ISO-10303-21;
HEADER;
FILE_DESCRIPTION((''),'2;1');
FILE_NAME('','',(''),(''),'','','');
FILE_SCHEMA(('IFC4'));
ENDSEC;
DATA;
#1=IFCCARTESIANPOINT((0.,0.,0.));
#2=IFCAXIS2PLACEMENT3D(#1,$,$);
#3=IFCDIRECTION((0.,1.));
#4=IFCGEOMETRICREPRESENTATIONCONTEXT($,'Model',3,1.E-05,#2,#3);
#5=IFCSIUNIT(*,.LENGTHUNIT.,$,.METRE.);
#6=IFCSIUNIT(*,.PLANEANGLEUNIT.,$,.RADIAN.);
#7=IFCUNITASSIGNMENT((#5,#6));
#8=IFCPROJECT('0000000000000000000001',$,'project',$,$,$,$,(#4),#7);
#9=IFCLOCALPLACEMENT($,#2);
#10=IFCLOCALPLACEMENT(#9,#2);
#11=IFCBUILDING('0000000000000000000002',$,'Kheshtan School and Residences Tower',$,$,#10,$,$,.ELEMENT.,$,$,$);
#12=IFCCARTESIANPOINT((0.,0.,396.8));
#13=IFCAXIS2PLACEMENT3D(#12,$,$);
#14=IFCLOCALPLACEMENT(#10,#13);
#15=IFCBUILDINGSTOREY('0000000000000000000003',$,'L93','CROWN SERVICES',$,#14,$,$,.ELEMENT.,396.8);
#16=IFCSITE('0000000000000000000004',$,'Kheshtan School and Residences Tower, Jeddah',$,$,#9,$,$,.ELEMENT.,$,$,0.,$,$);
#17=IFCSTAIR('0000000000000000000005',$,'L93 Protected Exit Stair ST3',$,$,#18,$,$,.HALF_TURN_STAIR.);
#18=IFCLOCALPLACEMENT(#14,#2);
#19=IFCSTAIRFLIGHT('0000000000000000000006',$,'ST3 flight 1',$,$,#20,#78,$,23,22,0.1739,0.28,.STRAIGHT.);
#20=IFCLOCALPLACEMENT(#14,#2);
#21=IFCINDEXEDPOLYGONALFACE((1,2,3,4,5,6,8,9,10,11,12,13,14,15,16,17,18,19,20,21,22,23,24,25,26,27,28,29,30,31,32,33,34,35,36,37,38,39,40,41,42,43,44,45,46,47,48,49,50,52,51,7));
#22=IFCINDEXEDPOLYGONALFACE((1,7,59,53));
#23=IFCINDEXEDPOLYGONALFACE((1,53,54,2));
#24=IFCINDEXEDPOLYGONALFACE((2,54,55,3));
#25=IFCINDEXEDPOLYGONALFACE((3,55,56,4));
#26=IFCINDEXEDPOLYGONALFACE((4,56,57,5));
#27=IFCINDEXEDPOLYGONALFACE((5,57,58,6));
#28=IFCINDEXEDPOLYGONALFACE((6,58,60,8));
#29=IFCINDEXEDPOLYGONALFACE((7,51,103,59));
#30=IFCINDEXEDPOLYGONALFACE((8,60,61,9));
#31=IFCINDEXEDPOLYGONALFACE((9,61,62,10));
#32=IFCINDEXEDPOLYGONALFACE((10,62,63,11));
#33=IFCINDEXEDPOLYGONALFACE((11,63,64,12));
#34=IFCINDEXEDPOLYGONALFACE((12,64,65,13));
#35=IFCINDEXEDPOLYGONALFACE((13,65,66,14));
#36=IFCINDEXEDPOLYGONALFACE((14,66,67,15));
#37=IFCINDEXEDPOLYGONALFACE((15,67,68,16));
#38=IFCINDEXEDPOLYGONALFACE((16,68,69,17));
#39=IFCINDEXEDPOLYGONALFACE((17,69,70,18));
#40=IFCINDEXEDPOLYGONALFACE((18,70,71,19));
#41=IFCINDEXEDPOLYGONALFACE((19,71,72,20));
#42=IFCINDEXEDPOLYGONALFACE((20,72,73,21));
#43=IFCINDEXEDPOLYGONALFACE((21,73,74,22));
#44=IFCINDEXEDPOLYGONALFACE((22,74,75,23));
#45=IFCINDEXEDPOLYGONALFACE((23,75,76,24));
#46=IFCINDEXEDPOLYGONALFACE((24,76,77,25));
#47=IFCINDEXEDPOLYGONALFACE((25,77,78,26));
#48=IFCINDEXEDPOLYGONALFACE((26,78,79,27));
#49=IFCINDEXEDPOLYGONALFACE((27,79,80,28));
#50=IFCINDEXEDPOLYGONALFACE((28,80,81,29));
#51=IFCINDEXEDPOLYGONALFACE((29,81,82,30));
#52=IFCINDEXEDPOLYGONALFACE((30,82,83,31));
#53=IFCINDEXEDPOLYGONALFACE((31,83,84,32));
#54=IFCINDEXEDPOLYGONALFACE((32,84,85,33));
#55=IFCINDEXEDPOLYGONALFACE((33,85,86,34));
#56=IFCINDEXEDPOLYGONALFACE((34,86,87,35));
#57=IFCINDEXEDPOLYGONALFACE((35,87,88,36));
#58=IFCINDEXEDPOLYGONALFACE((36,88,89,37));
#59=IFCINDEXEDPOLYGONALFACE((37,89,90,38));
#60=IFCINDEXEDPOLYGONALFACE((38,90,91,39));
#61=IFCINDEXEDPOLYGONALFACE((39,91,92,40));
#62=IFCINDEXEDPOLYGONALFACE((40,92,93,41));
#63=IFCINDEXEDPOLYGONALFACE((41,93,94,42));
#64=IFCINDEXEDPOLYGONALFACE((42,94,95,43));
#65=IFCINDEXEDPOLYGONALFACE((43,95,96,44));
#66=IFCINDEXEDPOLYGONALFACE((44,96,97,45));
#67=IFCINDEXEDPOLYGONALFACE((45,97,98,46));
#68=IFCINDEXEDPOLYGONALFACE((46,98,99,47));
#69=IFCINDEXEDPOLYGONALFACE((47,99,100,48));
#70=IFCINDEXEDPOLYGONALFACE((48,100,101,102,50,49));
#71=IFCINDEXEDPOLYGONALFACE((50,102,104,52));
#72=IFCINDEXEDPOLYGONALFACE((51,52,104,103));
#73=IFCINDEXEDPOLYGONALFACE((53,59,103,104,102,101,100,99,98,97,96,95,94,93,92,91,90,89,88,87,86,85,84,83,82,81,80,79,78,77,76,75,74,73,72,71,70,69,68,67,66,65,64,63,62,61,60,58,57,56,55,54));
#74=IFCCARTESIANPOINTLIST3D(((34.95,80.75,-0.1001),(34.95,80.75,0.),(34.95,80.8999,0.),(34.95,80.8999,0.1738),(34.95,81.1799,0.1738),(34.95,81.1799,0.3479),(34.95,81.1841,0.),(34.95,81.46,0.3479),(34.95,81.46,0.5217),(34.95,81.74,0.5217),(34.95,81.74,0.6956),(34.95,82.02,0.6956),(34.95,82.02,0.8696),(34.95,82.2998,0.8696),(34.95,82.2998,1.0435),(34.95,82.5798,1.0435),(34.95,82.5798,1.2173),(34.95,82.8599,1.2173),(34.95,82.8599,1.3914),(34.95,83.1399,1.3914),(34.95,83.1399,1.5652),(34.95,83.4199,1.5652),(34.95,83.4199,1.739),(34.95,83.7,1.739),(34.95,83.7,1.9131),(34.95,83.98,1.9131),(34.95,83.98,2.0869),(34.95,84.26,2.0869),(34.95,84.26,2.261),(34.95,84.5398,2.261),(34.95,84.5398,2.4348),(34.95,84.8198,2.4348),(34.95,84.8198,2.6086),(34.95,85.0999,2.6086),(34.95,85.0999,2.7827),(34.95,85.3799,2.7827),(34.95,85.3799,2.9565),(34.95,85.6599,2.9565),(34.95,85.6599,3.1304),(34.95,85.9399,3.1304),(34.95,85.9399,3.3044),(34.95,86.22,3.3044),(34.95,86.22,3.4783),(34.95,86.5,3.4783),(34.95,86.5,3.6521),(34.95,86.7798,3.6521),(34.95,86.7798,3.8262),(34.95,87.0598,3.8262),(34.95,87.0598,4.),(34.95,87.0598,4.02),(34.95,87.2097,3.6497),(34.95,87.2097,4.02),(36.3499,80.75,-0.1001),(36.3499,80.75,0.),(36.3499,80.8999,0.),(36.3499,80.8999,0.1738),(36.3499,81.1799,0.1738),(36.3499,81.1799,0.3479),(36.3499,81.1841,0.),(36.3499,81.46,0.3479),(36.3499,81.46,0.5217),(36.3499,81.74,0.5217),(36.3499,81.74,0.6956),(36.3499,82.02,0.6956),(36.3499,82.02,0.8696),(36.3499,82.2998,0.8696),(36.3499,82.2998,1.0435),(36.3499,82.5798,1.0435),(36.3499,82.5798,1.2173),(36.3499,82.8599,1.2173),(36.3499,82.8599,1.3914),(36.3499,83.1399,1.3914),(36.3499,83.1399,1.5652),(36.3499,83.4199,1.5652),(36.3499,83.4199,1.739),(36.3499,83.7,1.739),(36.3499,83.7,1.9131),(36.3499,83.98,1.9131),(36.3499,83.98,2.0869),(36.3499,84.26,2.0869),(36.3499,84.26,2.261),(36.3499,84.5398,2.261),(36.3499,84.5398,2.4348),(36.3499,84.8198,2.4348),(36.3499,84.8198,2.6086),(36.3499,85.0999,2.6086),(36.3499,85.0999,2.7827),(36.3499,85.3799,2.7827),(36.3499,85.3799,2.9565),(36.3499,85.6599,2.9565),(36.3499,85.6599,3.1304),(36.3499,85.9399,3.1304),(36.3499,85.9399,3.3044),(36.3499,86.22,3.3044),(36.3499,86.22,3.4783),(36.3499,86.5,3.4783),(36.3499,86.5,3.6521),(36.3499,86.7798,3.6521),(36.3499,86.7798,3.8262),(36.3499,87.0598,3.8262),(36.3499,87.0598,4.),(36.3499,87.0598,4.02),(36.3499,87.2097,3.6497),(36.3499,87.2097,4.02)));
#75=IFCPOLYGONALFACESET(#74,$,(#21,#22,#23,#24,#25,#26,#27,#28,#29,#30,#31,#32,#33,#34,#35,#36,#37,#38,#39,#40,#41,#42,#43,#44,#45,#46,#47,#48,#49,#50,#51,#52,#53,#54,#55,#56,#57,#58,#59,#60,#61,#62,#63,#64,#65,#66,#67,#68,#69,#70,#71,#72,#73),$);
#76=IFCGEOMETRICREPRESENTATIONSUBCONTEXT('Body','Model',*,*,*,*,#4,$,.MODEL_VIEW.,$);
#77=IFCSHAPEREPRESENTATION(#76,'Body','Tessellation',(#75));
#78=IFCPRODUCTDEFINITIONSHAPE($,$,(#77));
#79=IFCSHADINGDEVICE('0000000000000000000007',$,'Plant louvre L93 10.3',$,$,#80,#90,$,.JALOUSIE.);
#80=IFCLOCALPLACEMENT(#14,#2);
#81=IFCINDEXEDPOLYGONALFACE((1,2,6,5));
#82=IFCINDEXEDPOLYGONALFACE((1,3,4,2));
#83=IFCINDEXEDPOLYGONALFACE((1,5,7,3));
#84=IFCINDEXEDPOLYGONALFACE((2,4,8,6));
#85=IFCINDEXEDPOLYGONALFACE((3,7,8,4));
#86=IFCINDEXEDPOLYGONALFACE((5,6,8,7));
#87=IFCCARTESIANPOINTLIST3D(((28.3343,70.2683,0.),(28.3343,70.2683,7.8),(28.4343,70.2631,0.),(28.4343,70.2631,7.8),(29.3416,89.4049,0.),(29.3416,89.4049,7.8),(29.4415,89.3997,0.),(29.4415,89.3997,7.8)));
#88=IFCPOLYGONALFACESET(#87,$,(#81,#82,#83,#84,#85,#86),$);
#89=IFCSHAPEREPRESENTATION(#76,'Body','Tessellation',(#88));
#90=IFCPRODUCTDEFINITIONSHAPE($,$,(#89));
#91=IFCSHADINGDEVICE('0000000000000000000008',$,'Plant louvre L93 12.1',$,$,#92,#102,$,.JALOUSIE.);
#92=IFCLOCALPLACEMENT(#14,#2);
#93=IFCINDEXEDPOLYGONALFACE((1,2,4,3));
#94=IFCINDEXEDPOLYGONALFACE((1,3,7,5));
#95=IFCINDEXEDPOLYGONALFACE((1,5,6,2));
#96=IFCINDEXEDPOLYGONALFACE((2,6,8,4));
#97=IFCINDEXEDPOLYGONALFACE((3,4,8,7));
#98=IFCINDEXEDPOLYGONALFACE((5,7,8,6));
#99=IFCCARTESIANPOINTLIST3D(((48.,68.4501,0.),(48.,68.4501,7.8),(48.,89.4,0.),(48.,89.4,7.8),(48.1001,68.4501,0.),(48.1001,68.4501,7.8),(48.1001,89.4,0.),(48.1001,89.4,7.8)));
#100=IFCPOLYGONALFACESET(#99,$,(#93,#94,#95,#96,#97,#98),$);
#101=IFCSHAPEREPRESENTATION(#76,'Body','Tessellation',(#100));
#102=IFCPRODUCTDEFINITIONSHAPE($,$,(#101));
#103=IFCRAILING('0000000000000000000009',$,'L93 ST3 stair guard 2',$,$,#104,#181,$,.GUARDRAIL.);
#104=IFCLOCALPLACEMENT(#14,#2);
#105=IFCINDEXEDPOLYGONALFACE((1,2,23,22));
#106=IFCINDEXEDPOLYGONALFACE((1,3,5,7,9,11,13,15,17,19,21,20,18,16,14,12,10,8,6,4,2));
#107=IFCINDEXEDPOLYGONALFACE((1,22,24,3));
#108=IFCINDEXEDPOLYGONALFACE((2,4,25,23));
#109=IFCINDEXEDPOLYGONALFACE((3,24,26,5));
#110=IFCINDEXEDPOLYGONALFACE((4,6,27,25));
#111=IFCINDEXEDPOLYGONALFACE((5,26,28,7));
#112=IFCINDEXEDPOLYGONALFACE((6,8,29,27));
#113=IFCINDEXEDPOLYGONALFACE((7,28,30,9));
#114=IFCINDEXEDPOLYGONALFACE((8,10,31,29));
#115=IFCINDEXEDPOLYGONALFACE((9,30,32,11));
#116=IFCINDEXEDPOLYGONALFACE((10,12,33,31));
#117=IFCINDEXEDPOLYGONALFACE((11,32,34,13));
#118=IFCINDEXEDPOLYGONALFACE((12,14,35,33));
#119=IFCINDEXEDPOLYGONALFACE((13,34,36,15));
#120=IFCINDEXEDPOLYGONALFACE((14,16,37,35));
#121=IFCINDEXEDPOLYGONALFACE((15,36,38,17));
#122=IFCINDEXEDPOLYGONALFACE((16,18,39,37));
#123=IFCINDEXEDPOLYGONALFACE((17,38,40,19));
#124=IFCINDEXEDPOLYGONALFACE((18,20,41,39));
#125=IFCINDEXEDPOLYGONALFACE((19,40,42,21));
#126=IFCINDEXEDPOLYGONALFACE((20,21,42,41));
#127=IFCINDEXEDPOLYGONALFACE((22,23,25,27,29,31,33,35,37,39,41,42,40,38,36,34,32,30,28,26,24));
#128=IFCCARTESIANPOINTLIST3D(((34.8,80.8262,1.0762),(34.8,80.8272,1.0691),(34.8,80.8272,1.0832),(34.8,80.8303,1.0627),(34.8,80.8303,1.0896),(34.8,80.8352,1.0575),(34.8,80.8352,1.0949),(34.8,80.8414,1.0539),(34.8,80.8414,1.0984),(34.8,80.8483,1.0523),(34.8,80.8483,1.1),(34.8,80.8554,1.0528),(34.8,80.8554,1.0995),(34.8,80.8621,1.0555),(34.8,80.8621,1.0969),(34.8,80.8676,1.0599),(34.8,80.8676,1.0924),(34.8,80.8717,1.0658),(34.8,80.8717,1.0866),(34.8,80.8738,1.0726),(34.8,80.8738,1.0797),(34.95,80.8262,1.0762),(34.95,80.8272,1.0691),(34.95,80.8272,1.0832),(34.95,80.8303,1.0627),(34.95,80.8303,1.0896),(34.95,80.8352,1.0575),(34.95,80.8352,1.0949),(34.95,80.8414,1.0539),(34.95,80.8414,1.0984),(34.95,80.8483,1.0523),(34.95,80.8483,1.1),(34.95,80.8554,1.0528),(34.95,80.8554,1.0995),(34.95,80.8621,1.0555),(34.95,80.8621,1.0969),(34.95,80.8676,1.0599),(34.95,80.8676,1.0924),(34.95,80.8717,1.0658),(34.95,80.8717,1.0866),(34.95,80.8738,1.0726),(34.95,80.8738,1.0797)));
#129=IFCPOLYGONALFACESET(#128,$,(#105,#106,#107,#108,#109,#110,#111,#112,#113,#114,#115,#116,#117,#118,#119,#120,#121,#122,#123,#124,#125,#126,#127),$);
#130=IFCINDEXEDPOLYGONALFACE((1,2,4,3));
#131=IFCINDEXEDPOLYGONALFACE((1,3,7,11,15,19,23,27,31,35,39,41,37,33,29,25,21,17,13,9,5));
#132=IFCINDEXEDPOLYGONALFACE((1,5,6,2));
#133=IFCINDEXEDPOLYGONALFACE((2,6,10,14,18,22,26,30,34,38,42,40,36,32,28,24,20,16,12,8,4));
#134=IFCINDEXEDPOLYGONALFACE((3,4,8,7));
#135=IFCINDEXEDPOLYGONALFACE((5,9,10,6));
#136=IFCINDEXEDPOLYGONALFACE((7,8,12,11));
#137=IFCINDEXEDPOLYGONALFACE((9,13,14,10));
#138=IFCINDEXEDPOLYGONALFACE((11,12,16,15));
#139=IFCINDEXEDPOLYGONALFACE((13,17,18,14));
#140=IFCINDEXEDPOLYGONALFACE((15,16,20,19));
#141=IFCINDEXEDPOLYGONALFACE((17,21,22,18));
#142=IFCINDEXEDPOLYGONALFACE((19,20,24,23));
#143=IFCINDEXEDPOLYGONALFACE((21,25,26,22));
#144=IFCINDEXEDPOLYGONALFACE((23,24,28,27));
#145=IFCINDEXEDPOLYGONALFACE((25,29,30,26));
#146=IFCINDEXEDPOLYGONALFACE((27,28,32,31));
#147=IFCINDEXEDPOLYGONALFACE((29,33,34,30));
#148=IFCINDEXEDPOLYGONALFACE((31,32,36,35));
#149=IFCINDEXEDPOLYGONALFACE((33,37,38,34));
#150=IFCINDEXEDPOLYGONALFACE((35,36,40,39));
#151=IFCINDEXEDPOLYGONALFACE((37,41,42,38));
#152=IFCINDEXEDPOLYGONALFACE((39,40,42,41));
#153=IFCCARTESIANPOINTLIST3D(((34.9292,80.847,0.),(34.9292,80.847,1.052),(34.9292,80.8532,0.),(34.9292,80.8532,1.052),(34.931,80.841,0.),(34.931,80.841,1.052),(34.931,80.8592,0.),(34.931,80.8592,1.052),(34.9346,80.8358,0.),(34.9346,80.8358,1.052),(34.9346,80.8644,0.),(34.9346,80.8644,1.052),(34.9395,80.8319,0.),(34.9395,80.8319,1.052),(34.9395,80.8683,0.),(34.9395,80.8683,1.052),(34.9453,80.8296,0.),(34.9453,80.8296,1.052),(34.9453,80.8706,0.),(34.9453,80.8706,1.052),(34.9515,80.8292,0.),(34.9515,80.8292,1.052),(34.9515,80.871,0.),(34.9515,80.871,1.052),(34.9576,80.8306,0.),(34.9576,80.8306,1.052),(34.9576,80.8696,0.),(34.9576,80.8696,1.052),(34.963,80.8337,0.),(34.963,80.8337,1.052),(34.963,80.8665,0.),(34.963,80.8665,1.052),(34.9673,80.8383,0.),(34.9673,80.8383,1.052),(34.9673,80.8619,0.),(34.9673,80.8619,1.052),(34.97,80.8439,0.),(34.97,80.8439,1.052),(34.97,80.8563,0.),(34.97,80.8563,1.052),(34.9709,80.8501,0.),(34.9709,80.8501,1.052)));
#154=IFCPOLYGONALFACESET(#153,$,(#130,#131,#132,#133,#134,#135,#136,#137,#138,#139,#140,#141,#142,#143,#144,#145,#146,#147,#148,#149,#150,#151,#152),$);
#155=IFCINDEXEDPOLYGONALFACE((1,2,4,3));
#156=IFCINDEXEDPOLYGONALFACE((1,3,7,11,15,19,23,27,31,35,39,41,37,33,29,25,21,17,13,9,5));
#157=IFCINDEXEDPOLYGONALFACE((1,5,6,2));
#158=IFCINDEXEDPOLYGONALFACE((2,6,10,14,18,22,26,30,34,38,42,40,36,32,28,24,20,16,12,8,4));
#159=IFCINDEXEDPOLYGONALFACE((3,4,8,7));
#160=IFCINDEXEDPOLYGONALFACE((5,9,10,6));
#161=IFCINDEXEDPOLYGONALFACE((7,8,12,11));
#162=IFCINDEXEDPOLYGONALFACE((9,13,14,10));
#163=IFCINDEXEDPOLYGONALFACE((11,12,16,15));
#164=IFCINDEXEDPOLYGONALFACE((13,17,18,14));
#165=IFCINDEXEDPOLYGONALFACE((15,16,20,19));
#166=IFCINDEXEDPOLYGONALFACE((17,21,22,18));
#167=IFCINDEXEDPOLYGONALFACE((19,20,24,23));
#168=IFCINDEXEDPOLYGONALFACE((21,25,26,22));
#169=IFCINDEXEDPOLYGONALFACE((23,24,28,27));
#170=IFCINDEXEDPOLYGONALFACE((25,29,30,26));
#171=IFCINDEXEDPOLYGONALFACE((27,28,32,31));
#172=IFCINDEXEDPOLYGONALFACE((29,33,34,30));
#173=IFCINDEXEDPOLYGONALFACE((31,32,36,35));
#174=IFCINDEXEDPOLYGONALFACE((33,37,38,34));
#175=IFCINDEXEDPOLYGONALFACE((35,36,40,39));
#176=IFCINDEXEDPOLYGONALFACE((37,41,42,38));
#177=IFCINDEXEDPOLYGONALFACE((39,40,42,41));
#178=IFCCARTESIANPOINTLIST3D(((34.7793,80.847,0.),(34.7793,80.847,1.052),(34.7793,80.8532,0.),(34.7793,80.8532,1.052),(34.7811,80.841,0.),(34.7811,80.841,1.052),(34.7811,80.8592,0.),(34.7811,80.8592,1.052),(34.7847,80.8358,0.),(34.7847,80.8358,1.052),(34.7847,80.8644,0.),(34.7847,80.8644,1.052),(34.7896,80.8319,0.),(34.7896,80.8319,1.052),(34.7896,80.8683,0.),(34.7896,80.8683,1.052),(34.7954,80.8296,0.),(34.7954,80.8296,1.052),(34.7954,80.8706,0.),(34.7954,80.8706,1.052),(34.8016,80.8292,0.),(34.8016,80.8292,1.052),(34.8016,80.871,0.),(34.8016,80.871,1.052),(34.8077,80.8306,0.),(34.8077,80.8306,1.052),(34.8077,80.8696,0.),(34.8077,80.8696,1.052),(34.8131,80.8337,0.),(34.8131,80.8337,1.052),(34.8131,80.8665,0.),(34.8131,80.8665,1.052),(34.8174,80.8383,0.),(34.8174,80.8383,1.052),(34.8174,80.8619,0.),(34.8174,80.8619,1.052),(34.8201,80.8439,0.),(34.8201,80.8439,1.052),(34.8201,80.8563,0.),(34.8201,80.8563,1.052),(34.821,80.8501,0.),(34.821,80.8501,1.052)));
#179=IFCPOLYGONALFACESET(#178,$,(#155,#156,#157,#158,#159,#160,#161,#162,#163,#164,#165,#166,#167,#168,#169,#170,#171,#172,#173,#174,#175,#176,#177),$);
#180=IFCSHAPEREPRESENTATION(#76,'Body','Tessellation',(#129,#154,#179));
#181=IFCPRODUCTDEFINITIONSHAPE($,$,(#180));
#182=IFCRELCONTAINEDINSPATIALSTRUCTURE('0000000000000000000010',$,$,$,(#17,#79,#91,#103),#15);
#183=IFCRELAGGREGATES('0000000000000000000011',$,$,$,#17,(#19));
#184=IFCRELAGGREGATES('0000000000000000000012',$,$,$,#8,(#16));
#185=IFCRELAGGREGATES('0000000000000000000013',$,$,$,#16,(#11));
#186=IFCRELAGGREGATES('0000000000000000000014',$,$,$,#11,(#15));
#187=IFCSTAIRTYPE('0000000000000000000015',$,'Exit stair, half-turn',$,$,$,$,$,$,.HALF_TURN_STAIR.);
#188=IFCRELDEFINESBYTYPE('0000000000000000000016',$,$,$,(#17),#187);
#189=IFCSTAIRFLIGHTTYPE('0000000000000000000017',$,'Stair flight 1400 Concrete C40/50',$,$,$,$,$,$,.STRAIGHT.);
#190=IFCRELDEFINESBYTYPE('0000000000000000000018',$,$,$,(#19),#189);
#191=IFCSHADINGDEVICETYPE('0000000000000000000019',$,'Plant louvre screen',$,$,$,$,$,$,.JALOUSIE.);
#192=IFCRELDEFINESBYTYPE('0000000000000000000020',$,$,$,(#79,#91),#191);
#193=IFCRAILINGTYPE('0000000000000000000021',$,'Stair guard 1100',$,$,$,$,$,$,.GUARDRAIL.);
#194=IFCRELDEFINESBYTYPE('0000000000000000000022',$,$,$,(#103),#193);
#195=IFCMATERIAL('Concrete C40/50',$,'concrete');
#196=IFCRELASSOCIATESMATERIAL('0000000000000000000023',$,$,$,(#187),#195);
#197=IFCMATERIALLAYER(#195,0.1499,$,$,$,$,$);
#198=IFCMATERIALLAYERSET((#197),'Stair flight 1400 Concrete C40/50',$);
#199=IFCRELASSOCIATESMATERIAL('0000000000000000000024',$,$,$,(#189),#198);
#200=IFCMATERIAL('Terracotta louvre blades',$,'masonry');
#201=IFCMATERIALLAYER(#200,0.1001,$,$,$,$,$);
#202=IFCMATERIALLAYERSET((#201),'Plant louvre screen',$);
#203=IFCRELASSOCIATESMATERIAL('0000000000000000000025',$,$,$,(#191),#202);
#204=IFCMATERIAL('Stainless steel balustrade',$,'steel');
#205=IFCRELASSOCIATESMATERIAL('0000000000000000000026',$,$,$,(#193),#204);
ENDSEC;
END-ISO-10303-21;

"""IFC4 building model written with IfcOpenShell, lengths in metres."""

from ifc_helpers import new_model, si_unit, direction, frame, origin, origin_2d, place, context, subcontext, project, spatial, polyline, rectangle, circle, outline, extrude, material, layer, layer_set, type_object, element, aggregate, save


model = new_model("IFC4")

# Units and contexts
model_context = context("Model", 3, precision=1e-05, world=origin(), true_north=direction((0.0, 1.0)))
body_context = subcontext(model_context, "Body", "Model", "MODEL_VIEW")
ifc_project = project(units=[si_unit("LENGTHUNIT", "METRE"), si_unit("PLANEANGLEUNIT", "RADIAN")], contexts=[model_context])

# Site, building, storey
site_placement = place(None, origin())
site = spatial("IfcSite", under=ifc_project, at=site_placement, Name="Kheshtan School and Residences Tower, Jeddah", CompositionType="ELEMENT", RefElevation=0.0)
building_placement = place(site_placement, origin())
building = spatial("IfcBuilding", under=site, at=building_placement, Name="Kheshtan School and Residences Tower", CompositionType="ELEMENT")
storey_placement = place(building_placement, frame((0.0, 0.0, 396.8)))
storey = spatial("IfcBuildingStorey", under=building, at=storey_placement, Name="L93", Description="CROWN SERVICES", CompositionType="ELEMENT", Elevation=396.8)

# Shared definitions
ifc_material_1 = material(Name="Concrete C40/50", Category="concrete")

# Stair, stair flight
stair_type = type_object("IfcStairType", Name="Exit stair, half-turn", PredefinedType="HALF_TURN_STAIR", material=ifc_material_1)
stair_placement = place(storey_placement, origin())
stair = element("IfcStair", 1, at=stair_placement, inside=storey, type_object=stair_type, Name="L93 Protected Exit Stair ST3", PredefinedType="HALF_TURN_STAIR")
ifc_layer_1 = layer(ifc_material_1, 0.1499)
ifc_layer_set_1 = layer_set([ifc_layer_1], Name="Stair flight 1400 Concrete C40/50")
stair_flight_type = type_object("IfcStairFlightType", Name="Stair flight 1400 Concrete C40/50", PredefinedType="STRAIGHT", material=ifc_layer_set_1)
stair_flight_placement = place(storey_placement, frame((35.6499, 80.8999, 0.0), z_axis=(0.0, 0.0, 1.0), x_axis=(0.0, 1.0, 0.0)))
stair_flight = element("IfcStairFlight", 2, at=stair_flight_placement, type_object=stair_flight_type, Name="ST3 flight 1", NumberOfRisers=23, NumberOfTreads=22, PredefinedType="STRAIGHT", RiserHeight=0.1739, TreadLength=0.28, context=body_context, shape_type="SweptSolid", body=[
    extrude(outline(polyline([(-0.1499, -0.1001), (-0.1499, 0.0), (0.0, 0.0), (0.0, 0.1738), (0.28, 0.1738), (0.28, 0.3479), (0.5601, 0.3479), (0.5601, 0.5217), (0.8401, 0.5217), (0.8401, 0.6956), (1.1201, 0.6956), (1.1201, 0.8696), (1.3999, 0.8696), (1.3999, 1.0435), (1.6799, 1.0435), (1.6799, 1.2173), (1.96, 1.2173), (1.96, 1.3914), (2.24, 1.3914), (2.24, 1.5652), (2.52, 1.5652), (2.52, 1.739), (2.8, 1.739), (2.8, 1.9131), (3.0801, 1.9131), (3.0801, 2.0869), (3.3601, 2.0869), (3.3601, 2.261), (3.6399, 2.261), (3.6399, 2.4348), (3.9199, 2.4348), (3.9199, 2.6086), (4.2, 2.6086), (4.2, 2.7827), (4.48, 2.7827), (4.48, 2.9565), (4.76, 2.9565), (4.76, 3.1304), (5.04, 3.1304), (5.04, 3.3044), (5.3201, 3.3044), (5.3201, 3.4783), (5.6001, 3.4783), (5.6001, 3.6521), (5.8799, 3.6521), (5.8799, 3.8262), (6.1599, 3.8262), (6.1599, 4.0), (6.1599, 4.02), (6.3098, 4.02), (6.3098, 3.6497), (0.2842, 0.0), (-0.1499, -0.1001)])), frame((0.0, 0.7, 0.0), z_axis=(0.0, -1.0, 0.0), x_axis=(1.0, 0.0, 0.0)), (0.0, 0.0, 1.0), 1.3999),
])
aggregate(stair, [stair_flight])

# Shading devices
ifc_material_2 = material(Name="Terracotta louvre blades", Category="masonry")
ifc_layer_2 = layer(ifc_material_2, 0.1001)
ifc_layer_set_2 = layer_set([ifc_layer_2], Name="Plant louvre screen")
shading_device_type = type_object("IfcShadingDeviceType", Name="Plant louvre screen", PredefinedType="JALOUSIE", material=ifc_layer_set_2)
shading_device_1_placement = place(storey_placement, frame((28.8879, 79.834, 0.0), z_axis=(0.0, 0.0, 1.0), x_axis=(0.052563, 0.998618, 0.0)))
element("IfcShadingDevice", 3, at=shading_device_1_placement, inside=storey, type_object=shading_device_type, Name="Plant louvre L93 10.3", PredefinedType="JALOUSIE", context=body_context, shape_type="SweptSolid", body=[
    extrude(rectangle(XDim=19.1631, YDim=0.1001, at=origin_2d()), origin(), (0.0, 0.0, 1.0), 7.8),
])
shading_device_2_placement = place(storey_placement, frame((48.05, 78.925, 0.0), z_axis=(0.0, 0.0, 1.0), x_axis=(0.0, -1.0, 0.0)))
element("IfcShadingDevice", 4, at=shading_device_2_placement, inside=storey, type_object=shading_device_type, Name="Plant louvre L93 12.1", PredefinedType="JALOUSIE", context=body_context, shape_type="SweptSolid", body=[
    extrude(rectangle(XDim=20.95, YDim=0.1001, at=origin_2d()), origin(), (0.0, 0.0, 1.0), 7.8),
])

# Railing
ifc_material_3 = material(Name="Stainless steel balustrade", Category="steel")
railing_type_1 = type_object("IfcRailingType", Name="Stair guard 1100", PredefinedType="GUARDRAIL", material=ifc_material_3)
railing_1_placement = place(storey_placement, frame((34.95, 80.8501, 0.0)))
element("IfcRailing", 5, at=railing_1_placement, inside=storey, type_object=railing_type_1, Name="L93 ST3 stair guard 2", PredefinedType="GUARDRAIL", context=body_context, shape_type="SweptSolid", body=[
    extrude(circle(Radius=0.0239, at=origin_2d()), frame((0.0, 0.0, 1.0762), z_axis=(-1.0, 0.0, 0.0), x_axis=(0.0, -1.0, 0.0)), (0.0, 0.0, 1.0), 0.1499),
    extrude(circle(Radius=0.021, at=origin_2d()), origin(), (0.0, 0.0, 1.0), 1.052),
    extrude(circle(Radius=0.021, at=origin_2d()), frame((-0.1499, 0.0, 0.0)), (0.0, 0.0, 1.0), 1.052),
])

save(model, "model.ifc")
